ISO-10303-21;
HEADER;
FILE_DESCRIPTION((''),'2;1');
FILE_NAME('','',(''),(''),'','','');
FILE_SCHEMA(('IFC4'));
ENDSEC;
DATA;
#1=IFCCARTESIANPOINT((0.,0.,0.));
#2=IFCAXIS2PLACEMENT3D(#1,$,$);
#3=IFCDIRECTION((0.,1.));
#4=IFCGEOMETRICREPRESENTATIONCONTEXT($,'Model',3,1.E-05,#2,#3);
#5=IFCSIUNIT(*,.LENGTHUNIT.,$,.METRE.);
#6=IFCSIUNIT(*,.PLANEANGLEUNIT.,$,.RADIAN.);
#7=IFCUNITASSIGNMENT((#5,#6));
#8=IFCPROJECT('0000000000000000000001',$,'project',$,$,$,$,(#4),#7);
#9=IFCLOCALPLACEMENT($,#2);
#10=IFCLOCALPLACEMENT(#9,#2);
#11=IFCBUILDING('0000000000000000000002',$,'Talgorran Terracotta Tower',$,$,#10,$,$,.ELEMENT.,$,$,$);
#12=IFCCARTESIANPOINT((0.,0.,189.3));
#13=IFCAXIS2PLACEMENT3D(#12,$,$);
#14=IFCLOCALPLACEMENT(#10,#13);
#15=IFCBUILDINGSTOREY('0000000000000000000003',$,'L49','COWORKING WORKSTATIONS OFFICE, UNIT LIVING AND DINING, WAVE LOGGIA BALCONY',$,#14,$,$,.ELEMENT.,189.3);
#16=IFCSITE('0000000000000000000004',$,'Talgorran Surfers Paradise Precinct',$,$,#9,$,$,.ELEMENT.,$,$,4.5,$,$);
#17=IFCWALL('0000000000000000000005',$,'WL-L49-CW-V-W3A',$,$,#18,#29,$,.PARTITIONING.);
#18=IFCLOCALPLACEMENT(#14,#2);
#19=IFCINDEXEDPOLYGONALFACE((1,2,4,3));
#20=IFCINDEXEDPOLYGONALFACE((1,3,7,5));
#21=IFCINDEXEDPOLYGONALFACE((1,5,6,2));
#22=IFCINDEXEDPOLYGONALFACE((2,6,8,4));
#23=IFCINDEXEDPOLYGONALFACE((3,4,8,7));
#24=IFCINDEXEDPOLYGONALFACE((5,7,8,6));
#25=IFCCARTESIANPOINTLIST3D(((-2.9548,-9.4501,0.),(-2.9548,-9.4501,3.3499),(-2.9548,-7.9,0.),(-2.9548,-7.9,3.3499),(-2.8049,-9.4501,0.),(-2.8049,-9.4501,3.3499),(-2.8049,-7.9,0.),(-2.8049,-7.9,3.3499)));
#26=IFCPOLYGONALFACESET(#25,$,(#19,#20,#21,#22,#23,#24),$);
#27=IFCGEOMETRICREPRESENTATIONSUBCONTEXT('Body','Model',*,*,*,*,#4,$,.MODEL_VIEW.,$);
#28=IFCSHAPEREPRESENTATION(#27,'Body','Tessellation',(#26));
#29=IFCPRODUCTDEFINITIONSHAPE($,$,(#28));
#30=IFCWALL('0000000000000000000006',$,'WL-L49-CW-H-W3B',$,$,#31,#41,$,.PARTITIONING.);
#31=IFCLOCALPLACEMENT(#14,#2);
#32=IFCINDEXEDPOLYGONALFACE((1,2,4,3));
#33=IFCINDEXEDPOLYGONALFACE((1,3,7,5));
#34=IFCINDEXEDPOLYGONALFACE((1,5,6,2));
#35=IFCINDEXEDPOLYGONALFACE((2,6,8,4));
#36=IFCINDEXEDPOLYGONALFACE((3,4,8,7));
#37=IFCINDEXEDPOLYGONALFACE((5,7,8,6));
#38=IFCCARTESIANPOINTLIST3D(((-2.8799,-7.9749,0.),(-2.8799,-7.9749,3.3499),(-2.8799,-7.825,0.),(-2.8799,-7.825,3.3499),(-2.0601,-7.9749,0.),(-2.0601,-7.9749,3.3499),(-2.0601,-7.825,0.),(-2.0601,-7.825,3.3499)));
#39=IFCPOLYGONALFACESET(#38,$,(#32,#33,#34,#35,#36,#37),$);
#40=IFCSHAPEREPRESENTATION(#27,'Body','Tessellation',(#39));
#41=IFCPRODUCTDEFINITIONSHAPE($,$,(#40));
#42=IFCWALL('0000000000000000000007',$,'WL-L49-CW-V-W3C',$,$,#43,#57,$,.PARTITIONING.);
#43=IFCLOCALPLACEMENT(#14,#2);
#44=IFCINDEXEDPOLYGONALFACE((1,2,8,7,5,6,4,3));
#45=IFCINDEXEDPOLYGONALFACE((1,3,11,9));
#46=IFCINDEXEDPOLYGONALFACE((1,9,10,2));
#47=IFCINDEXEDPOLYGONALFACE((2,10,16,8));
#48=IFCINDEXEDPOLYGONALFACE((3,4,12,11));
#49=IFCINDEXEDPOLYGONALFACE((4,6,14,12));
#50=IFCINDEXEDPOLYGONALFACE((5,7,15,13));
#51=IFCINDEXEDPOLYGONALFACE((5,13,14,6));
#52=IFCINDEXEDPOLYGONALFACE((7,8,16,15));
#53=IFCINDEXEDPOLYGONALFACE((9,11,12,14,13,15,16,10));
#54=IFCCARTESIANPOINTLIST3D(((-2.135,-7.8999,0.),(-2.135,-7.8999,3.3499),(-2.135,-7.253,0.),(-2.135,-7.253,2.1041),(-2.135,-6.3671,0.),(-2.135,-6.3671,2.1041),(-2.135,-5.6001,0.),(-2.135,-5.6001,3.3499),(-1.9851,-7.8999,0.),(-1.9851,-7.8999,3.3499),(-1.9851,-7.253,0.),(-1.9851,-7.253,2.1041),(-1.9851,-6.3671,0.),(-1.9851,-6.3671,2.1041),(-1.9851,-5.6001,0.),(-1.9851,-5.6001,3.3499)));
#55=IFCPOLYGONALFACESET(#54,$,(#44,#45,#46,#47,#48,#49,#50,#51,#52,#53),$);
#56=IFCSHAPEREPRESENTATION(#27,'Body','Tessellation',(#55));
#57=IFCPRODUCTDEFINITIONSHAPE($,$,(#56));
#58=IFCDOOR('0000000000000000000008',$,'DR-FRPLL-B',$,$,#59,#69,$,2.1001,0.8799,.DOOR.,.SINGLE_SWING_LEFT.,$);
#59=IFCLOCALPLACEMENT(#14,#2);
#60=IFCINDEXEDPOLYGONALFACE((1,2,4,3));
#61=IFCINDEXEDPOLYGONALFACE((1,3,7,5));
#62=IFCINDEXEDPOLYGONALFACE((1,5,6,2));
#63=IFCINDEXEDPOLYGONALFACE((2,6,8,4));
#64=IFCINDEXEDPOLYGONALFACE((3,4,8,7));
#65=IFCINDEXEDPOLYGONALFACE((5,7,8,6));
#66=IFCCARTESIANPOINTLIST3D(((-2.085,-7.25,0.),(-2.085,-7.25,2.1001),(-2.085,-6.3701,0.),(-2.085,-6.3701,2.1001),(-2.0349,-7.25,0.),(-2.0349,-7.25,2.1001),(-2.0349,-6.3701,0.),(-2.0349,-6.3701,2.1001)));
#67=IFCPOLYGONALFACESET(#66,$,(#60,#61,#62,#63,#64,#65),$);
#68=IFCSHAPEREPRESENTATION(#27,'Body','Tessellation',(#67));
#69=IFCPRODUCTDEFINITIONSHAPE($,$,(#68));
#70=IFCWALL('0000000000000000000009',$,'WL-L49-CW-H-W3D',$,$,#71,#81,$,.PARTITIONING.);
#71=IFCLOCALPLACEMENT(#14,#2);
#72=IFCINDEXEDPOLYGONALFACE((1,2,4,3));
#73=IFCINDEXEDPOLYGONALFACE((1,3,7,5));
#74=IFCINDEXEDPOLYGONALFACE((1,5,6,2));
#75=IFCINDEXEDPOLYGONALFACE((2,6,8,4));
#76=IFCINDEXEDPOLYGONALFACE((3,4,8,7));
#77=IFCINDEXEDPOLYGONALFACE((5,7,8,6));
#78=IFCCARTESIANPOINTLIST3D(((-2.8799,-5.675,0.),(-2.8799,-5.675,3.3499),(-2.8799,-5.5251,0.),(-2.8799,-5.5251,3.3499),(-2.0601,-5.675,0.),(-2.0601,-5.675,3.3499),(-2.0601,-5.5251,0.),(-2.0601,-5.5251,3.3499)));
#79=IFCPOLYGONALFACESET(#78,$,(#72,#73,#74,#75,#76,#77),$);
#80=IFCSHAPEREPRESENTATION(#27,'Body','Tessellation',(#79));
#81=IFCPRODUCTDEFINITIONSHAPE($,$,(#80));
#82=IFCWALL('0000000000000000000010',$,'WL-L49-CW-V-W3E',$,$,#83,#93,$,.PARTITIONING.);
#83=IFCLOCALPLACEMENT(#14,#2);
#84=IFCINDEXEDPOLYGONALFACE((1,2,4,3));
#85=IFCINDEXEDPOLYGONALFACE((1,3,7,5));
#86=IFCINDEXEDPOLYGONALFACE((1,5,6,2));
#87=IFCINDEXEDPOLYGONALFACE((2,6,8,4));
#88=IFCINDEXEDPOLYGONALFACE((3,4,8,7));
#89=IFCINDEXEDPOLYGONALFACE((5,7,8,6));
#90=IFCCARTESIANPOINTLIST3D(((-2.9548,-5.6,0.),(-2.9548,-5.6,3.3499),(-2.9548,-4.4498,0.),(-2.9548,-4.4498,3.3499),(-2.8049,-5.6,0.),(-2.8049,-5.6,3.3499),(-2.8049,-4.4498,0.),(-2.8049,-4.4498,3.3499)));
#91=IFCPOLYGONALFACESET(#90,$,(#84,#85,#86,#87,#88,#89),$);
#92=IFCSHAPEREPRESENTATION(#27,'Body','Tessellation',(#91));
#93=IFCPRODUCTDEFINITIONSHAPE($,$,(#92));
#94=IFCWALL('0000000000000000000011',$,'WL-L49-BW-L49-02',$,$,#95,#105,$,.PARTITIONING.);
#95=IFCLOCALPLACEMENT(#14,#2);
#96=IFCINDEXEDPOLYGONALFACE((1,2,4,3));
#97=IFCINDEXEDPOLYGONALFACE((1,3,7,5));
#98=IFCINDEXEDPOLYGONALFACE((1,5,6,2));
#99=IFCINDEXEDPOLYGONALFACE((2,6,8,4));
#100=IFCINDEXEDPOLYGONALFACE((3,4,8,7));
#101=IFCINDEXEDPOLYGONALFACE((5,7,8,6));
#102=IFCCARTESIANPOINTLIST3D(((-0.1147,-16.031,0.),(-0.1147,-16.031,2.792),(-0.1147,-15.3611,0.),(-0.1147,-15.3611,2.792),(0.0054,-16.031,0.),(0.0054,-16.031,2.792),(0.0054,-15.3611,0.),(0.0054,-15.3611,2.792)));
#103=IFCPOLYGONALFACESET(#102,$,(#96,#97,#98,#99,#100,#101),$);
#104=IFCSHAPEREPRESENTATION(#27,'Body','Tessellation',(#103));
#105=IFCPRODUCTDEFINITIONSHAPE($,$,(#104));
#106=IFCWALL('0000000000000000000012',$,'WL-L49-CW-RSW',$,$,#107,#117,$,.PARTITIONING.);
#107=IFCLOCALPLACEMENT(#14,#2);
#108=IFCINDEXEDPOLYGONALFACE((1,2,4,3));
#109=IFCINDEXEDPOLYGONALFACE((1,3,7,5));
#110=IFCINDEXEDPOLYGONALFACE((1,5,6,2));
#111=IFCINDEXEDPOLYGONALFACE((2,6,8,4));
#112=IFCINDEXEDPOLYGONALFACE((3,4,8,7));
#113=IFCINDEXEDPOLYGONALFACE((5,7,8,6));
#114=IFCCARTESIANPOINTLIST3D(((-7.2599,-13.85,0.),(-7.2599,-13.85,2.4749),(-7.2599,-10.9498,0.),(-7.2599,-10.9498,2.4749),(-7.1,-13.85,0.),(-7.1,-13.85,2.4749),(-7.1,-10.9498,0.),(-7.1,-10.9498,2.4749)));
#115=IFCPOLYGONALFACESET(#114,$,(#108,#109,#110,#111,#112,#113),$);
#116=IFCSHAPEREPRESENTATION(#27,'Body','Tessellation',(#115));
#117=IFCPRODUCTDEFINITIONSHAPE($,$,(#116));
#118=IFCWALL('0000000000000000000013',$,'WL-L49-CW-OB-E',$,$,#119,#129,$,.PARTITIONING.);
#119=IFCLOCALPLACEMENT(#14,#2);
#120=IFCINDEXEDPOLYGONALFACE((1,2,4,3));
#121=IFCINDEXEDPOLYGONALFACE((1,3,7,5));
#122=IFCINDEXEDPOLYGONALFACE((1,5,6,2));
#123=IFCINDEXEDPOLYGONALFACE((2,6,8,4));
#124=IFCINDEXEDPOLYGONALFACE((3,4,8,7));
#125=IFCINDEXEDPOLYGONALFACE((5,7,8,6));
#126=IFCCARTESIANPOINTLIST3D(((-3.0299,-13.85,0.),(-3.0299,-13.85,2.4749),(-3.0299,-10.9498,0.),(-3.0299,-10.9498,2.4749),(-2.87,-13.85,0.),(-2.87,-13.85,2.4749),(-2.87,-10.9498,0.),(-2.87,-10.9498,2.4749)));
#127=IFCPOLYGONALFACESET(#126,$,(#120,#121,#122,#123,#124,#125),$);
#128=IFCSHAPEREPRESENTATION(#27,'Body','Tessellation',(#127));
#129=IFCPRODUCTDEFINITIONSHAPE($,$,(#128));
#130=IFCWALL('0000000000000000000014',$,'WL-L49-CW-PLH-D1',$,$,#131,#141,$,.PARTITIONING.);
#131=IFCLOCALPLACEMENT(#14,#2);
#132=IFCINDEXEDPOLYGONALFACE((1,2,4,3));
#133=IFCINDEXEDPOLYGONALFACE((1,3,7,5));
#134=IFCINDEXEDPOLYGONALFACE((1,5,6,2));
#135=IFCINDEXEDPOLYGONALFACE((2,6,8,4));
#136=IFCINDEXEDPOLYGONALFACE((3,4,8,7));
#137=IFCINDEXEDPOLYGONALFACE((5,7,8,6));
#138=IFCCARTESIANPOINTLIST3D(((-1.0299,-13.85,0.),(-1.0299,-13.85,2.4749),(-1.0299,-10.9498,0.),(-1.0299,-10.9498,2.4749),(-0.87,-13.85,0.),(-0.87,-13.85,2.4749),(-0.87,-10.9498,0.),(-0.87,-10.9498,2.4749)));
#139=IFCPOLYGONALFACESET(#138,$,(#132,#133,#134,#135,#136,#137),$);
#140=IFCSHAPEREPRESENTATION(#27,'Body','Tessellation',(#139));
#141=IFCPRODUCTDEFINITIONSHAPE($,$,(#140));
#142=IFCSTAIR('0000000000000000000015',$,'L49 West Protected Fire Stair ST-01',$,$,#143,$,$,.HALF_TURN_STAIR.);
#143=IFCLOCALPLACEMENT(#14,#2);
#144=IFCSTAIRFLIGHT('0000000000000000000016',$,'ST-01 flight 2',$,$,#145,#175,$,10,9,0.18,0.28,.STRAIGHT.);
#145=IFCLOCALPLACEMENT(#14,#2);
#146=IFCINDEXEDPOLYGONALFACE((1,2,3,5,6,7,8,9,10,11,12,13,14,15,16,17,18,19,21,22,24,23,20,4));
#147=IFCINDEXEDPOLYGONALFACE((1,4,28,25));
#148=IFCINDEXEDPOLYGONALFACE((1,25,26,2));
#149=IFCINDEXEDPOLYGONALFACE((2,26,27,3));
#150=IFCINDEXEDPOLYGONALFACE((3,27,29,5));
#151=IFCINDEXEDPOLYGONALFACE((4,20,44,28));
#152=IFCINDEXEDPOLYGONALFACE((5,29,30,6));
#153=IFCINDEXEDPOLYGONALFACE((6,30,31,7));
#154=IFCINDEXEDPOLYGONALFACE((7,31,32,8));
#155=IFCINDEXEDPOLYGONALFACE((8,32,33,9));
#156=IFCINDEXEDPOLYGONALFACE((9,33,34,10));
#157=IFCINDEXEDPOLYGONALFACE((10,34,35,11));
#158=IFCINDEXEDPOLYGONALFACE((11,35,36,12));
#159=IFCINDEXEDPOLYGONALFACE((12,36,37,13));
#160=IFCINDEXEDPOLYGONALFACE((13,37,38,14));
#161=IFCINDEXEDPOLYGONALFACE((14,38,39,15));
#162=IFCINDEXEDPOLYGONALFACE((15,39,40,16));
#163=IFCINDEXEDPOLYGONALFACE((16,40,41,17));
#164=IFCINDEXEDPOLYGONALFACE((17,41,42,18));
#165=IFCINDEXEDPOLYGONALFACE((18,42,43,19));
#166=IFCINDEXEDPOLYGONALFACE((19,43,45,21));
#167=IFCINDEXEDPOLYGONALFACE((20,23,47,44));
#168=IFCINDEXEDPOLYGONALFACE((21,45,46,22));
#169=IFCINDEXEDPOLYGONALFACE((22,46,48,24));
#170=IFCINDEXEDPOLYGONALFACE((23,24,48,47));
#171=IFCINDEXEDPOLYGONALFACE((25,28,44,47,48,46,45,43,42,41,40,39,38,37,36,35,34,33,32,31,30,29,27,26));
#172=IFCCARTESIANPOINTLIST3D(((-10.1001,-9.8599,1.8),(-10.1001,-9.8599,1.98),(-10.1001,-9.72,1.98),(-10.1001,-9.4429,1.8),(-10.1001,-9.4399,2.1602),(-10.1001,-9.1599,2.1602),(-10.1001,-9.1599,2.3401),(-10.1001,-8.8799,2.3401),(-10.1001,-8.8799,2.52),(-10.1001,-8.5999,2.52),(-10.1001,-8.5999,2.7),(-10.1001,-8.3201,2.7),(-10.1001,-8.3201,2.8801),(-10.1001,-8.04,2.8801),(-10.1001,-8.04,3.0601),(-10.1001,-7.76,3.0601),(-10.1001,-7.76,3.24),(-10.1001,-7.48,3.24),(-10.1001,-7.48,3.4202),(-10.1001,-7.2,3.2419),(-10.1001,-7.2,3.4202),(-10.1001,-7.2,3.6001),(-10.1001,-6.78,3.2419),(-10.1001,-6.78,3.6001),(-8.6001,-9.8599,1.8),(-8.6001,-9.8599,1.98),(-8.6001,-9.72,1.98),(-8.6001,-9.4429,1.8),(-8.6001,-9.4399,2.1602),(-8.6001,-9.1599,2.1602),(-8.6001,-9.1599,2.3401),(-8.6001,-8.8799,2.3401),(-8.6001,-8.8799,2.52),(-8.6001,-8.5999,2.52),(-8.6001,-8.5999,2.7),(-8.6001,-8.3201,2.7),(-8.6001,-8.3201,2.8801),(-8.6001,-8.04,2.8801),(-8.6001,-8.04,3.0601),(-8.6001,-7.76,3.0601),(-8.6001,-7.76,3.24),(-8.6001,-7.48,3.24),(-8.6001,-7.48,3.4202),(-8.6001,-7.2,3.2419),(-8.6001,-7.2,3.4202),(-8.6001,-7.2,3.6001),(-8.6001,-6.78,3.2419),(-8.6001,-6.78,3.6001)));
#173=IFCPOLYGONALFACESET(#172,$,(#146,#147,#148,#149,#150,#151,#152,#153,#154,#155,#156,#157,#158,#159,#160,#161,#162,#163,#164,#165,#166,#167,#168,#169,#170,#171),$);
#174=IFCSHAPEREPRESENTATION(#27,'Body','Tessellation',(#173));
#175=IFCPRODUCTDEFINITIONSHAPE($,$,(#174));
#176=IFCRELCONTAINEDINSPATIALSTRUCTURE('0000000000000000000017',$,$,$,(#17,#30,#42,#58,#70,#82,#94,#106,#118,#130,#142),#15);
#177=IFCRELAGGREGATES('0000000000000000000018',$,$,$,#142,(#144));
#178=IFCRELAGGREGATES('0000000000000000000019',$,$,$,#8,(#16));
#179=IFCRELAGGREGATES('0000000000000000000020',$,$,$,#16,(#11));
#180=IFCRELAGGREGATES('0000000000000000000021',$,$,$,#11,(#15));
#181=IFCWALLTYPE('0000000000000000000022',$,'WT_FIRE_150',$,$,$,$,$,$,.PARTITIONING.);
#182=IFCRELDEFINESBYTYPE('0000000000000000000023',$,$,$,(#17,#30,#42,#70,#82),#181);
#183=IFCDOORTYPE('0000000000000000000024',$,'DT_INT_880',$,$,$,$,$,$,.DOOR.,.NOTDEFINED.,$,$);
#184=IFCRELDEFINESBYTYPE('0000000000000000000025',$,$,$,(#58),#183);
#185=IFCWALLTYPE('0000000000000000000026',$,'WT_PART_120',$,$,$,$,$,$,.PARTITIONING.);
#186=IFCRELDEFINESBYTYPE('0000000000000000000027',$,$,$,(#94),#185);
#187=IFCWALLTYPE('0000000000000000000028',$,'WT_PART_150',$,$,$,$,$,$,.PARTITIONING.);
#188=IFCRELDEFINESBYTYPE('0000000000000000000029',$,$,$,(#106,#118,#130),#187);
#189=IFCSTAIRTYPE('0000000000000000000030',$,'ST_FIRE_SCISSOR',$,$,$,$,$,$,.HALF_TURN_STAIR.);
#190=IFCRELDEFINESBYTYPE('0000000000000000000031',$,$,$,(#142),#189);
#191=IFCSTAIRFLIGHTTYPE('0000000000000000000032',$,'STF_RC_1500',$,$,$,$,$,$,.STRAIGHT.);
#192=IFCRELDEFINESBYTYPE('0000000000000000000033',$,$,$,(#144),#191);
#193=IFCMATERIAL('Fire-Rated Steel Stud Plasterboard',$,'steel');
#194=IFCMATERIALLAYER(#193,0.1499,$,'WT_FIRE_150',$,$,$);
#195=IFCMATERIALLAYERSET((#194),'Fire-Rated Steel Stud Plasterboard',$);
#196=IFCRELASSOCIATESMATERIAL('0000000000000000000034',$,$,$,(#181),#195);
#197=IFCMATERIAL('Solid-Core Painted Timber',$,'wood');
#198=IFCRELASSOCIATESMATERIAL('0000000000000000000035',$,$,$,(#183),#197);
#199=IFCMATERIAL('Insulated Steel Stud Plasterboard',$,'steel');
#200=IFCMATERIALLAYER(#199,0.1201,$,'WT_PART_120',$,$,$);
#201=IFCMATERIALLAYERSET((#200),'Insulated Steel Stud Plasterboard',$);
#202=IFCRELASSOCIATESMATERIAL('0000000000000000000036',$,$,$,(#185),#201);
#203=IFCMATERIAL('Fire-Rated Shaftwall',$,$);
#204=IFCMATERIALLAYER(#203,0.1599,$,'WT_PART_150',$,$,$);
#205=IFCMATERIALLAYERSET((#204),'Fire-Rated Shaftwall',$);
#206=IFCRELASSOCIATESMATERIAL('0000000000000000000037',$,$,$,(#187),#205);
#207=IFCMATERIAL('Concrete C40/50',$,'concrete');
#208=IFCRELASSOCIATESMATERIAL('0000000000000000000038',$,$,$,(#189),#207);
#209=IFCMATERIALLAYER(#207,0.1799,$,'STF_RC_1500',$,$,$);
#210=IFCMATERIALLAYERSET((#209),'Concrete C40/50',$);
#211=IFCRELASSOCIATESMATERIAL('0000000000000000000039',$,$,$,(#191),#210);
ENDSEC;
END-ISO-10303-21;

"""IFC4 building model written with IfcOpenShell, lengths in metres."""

from ifc_helpers import new_model, si_unit, direction, frame, frame_2d, origin, place, context, subcontext, project, spatial, polyline, rectangle, outline, extrude, material, layer, layer_set, type_object, element, fill, aggregate, save


model = new_model("IFC4")

# Units and contexts
model_context = context("Model", 3, precision=1e-05, world=origin(), true_north=direction((0.0, 1.0)))
body_context = subcontext(model_context, "Body", "Model", "MODEL_VIEW")
ifc_project = project(units=[si_unit("LENGTHUNIT", "METRE"), si_unit("PLANEANGLEUNIT", "RADIAN")], contexts=[model_context])

# Site, building, storey
site_placement = place(None, origin())
site = spatial("IfcSite", under=ifc_project, at=site_placement, Name="Talgorran Surfers Paradise Precinct", CompositionType="ELEMENT", RefElevation=4.5)
building_placement = place(site_placement, origin())
building = spatial("IfcBuilding", under=site, at=building_placement, Name="Talgorran Terracotta Tower", CompositionType="ELEMENT")
storey_placement = place(building_placement, frame((0.0, 0.0, 189.3)))
storey = spatial("IfcBuildingStorey", under=building, at=storey_placement, Name="L49", Description="COWORKING WORKSTATIONS OFFICE, UNIT LIVING AND DINING, WAVE LOGGIA BALCONY", CompositionType="ELEMENT", Elevation=189.3)

# Walls
ifc_material_1 = material(Name="Fire-Rated Steel Stud Plasterboard", Category="steel")
ifc_layer_1 = layer(ifc_material_1, 0.1499, Name="WT_FIRE_150")
ifc_layer_set_1 = layer_set([ifc_layer_1], Name="Fire-Rated Steel Stud Plasterboard")
wall_type_1 = type_object("IfcWallType", Name="WT_FIRE_150", PredefinedType="PARTITIONING", material=ifc_layer_set_1)
wall_1_placement = place(storey_placement, frame((-2.8799, -9.45, 0.0), z_axis=(0.0, 0.0, 1.0), x_axis=(0.0, 1.0, 0.0)))
element("IfcWall", 1, at=wall_1_placement, inside=storey, type_object=wall_type_1, Name="WL-L49-CW-V-W3A", PredefinedType="PARTITIONING", context=body_context, shape_type="SweptSolid", body=[
    extrude(rectangle(XDim=1.55, YDim=0.1499, at=frame_2d((0.7749, 0.0))), origin(), (0.0, 0.0, 1.0), 3.3499),
])
wall_2_placement = place(storey_placement, frame((-2.8799, -7.8999, 0.0), z_axis=(0.0, 0.0, 1.0), x_axis=(1.0, 0.0, 0.0)))
element("IfcWall", 2, at=wall_2_placement, inside=storey, type_object=wall_type_1, Name="WL-L49-CW-H-W3B", PredefinedType="PARTITIONING", context=body_context, shape_type="SweptSolid", body=[
    extrude(rectangle(XDim=0.8198, YDim=0.1499, at=frame_2d((0.4099, 0.0))), origin(), (0.0, 0.0, 1.0), 3.3499),
])

# Wall, opening, door
wall_3_placement = place(storey_placement, frame((-2.0601, -7.8999, 0.0), z_axis=(0.0, 0.0, 1.0), x_axis=(0.0, 1.0, 0.0)))
wall_3 = element("IfcWall", 3, at=wall_3_placement, inside=storey, type_object=wall_type_1, Name="WL-L49-CW-V-W3C", PredefinedType="PARTITIONING", context=body_context, shape_type="SweptSolid", body=[
    extrude(rectangle(XDim=2.2998, YDim=0.1499, at=frame_2d((1.1499, 0.0))), origin(), (0.0, 0.0, 1.0), 3.3499),
])
opening_1_placement = place(wall_3_placement, frame((0.6499, 0.0, 0.0)))
opening_1 = element("IfcOpeningElement", 4, at=opening_1_placement, cuts=wall_3, PredefinedType="OPENING", context=body_context, shape_type="SweptSolid", body=[
    extrude(rectangle(XDim=0.8859, YDim=2.1041, at=frame_2d((0.4399, 1.052))), frame((0.0, 0.085, 0.0), z_axis=(0.0, -1.0, 0.0), x_axis=(1.0, 0.0, 0.0)), (0.0, 0.0, 1.0), 0.1699),
])
ifc_material_2 = material(Name="Solid-Core Painted Timber", Category="wood")
door_type_1 = type_object("IfcDoorType", Name="DT_INT_880", OperationType="NOTDEFINED", PredefinedType="DOOR", material=ifc_material_2)
door_1_placement = place(opening_1_placement, origin())
door_1 = element("IfcDoor", 5, at=door_1_placement, inside=storey, type_object=door_type_1, Name="DR-FRPLL-B", OperationType="SINGLE_SWING_LEFT", OverallHeight=2.1001, OverallWidth=0.8799, PredefinedType="DOOR", context=body_context, shape_type="SweptSolid", body=[
    extrude(rectangle(XDim=0.8799, YDim=2.1001, at=frame_2d((0.4399, 1.05))), frame((0.0, 0.0249, 0.0), z_axis=(0.0, -1.0, 0.0), x_axis=(1.0, 0.0, 0.0)), (0.0, 0.0, 1.0), 0.05),
])
fill(opening_1, door_1)

# Walls
wall_4_placement = place(storey_placement, frame((-2.8799, -5.6001, 0.0), z_axis=(0.0, 0.0, 1.0), x_axis=(1.0, 0.0, 0.0)))
element("IfcWall", 6, at=wall_4_placement, inside=storey, type_object=wall_type_1, Name="WL-L49-CW-H-W3D", PredefinedType="PARTITIONING", context=body_context, shape_type="SweptSolid", body=[
    extrude(rectangle(XDim=0.8198, YDim=0.1499, at=frame_2d((0.4099, 0.0))), origin(), (0.0, 0.0, 1.0), 3.3499),
])
wall_5_placement = place(storey_placement, frame((-2.8799, -5.6001, 0.0), z_axis=(0.0, 0.0, 1.0), x_axis=(0.0, 1.0, 0.0)))
element("IfcWall", 7, at=wall_5_placement, inside=storey, type_object=wall_type_1, Name="WL-L49-CW-V-W3E", PredefinedType="PARTITIONING", context=body_context, shape_type="SweptSolid", body=[
    extrude(rectangle(XDim=1.1501, YDim=0.1499, at=frame_2d((0.5752, 0.0))), origin(), (0.0, 0.0, 1.0), 3.3499),
])
ifc_material_3 = material(Name="Insulated Steel Stud Plasterboard", Category="steel")
ifc_layer_2 = layer(ifc_material_3, 0.1201, Name="WT_PART_120")
ifc_layer_set_2 = layer_set([ifc_layer_2], Name="Insulated Steel Stud Plasterboard")
wall_type_2 = type_object("IfcWallType", Name="WT_PART_120", PredefinedType="PARTITIONING", material=ifc_layer_set_2)
wall_6_placement = place(storey_placement, frame((-0.0547, -15.3611, 0.0), z_axis=(0.0, 0.0, 1.0), x_axis=(0.0, -1.0, 0.0)))
element("IfcWall", 8, at=wall_6_placement, inside=storey, type_object=wall_type_2, Name="WL-L49-BW-L49-02", PredefinedType="PARTITIONING", context=body_context, shape_type="SweptSolid", body=[
    extrude(rectangle(XDim=0.6699, YDim=0.1201, at=frame_2d((0.335, 0.0))), origin(), (0.0, 0.0, 1.0), 2.792),
])
ifc_material_4 = material(Name="Fire-Rated Shaftwall")
ifc_layer_3 = layer(ifc_material_4, 0.1599, Name="WT_PART_150")
ifc_layer_set_3 = layer_set([ifc_layer_3], Name="Fire-Rated Shaftwall")
wall_type_3 = type_object("IfcWallType", Name="WT_PART_150", PredefinedType="PARTITIONING", material=ifc_layer_set_3)
for number, where, z_axis, x_axis, name in (
    (9, (-7.1799, -13.8501, 0.0), (0.0, 0.0, 1.0), (0.0, 1.0, 0.0), "WL-L49-CW-RSW"),
    (10, (-2.95, -13.8501, 0.0), (0.0, 0.0, 1.0), (0.0, 1.0, 0.0), "WL-L49-CW-OB-E"),
    (11, (-0.95, -13.8501, 0.0), (0.0, 0.0, 1.0), (0.0, 1.0, 0.0), "WL-L49-CW-PLH-D1"),
):
    element("IfcWall", number, at=place(storey_placement, frame(where, z_axis=z_axis, x_axis=x_axis)), inside=storey, type_object=wall_type_3, Name=name, PredefinedType="PARTITIONING", context=body_context, shape_type="SweptSolid", body=[
        extrude(rectangle(XDim=2.9001, YDim=0.1599, at=frame_2d((1.4502, 0.0))), origin(), (0.0, 0.0, 1.0), 2.4749),
    ])

# Stair, stair flight
ifc_material_5 = material(Name="Concrete C40/50", Category="concrete")
stair_type = type_object("IfcStairType", Name="ST_FIRE_SCISSOR", PredefinedType="HALF_TURN_STAIR", material=ifc_material_5)
stair_placement = place(storey_placement, origin())
stair = element("IfcStair", 12, at=stair_placement, inside=storey, type_object=stair_type, Name="L49 West Protected Fire Stair ST-01", PredefinedType="HALF_TURN_STAIR")
ifc_layer_4 = layer(ifc_material_5, 0.1799, Name="STF_RC_1500")
ifc_layer_set_4 = layer_set([ifc_layer_4], Name="Concrete C40/50")
stair_flight_type = type_object("IfcStairFlightType", Name="STF_RC_1500", PredefinedType="STRAIGHT", material=ifc_layer_set_4)
stair_flight_placement = place(storey_placement, frame((-9.3501, -9.72, 1.8), z_axis=(0.0, 0.0, 1.0), x_axis=(0.0, 1.0, 0.0)))
stair_flight = element("IfcStairFlight", 13, at=stair_flight_placement, type_object=stair_flight_type, Name="ST-01 flight 2", NumberOfRisers=10, NumberOfTreads=9, PredefinedType="STRAIGHT", RiserHeight=0.18, TreadLength=0.28, context=body_context, shape_type="SweptSolid", body=[
    extrude(outline(polyline([(-0.1399, 0.0), (-0.1399, 0.1799), (0.0, 0.1799), (0.28, 0.3601), (0.5601, 0.3601), (0.5601, 0.54), (0.8401, 0.54), (0.8401, 0.72), (1.1201, 0.72), (1.1201, 0.8999), (1.3999, 0.8999), (1.3999, 1.0801), (1.6799, 1.0801), (1.6799, 1.26), (1.96, 1.26), (1.96, 1.4399), (2.24, 1.4399), (2.24, 1.6201), (2.52, 1.6201), (2.52, 1.8), (2.9399, 1.8), (2.9399, 1.4419), (2.52, 1.4419), (0.2771, 0.0), (-0.1399, 0.0)])), frame((0.0, 0.75, 0.0), z_axis=(0.0, -1.0, 0.0), x_axis=(1.0, 0.0, 0.0)), (0.0, 0.0, 1.0), 1.5),
])
aggregate(stair, [stair_flight])

save(model, "model.ifc")
